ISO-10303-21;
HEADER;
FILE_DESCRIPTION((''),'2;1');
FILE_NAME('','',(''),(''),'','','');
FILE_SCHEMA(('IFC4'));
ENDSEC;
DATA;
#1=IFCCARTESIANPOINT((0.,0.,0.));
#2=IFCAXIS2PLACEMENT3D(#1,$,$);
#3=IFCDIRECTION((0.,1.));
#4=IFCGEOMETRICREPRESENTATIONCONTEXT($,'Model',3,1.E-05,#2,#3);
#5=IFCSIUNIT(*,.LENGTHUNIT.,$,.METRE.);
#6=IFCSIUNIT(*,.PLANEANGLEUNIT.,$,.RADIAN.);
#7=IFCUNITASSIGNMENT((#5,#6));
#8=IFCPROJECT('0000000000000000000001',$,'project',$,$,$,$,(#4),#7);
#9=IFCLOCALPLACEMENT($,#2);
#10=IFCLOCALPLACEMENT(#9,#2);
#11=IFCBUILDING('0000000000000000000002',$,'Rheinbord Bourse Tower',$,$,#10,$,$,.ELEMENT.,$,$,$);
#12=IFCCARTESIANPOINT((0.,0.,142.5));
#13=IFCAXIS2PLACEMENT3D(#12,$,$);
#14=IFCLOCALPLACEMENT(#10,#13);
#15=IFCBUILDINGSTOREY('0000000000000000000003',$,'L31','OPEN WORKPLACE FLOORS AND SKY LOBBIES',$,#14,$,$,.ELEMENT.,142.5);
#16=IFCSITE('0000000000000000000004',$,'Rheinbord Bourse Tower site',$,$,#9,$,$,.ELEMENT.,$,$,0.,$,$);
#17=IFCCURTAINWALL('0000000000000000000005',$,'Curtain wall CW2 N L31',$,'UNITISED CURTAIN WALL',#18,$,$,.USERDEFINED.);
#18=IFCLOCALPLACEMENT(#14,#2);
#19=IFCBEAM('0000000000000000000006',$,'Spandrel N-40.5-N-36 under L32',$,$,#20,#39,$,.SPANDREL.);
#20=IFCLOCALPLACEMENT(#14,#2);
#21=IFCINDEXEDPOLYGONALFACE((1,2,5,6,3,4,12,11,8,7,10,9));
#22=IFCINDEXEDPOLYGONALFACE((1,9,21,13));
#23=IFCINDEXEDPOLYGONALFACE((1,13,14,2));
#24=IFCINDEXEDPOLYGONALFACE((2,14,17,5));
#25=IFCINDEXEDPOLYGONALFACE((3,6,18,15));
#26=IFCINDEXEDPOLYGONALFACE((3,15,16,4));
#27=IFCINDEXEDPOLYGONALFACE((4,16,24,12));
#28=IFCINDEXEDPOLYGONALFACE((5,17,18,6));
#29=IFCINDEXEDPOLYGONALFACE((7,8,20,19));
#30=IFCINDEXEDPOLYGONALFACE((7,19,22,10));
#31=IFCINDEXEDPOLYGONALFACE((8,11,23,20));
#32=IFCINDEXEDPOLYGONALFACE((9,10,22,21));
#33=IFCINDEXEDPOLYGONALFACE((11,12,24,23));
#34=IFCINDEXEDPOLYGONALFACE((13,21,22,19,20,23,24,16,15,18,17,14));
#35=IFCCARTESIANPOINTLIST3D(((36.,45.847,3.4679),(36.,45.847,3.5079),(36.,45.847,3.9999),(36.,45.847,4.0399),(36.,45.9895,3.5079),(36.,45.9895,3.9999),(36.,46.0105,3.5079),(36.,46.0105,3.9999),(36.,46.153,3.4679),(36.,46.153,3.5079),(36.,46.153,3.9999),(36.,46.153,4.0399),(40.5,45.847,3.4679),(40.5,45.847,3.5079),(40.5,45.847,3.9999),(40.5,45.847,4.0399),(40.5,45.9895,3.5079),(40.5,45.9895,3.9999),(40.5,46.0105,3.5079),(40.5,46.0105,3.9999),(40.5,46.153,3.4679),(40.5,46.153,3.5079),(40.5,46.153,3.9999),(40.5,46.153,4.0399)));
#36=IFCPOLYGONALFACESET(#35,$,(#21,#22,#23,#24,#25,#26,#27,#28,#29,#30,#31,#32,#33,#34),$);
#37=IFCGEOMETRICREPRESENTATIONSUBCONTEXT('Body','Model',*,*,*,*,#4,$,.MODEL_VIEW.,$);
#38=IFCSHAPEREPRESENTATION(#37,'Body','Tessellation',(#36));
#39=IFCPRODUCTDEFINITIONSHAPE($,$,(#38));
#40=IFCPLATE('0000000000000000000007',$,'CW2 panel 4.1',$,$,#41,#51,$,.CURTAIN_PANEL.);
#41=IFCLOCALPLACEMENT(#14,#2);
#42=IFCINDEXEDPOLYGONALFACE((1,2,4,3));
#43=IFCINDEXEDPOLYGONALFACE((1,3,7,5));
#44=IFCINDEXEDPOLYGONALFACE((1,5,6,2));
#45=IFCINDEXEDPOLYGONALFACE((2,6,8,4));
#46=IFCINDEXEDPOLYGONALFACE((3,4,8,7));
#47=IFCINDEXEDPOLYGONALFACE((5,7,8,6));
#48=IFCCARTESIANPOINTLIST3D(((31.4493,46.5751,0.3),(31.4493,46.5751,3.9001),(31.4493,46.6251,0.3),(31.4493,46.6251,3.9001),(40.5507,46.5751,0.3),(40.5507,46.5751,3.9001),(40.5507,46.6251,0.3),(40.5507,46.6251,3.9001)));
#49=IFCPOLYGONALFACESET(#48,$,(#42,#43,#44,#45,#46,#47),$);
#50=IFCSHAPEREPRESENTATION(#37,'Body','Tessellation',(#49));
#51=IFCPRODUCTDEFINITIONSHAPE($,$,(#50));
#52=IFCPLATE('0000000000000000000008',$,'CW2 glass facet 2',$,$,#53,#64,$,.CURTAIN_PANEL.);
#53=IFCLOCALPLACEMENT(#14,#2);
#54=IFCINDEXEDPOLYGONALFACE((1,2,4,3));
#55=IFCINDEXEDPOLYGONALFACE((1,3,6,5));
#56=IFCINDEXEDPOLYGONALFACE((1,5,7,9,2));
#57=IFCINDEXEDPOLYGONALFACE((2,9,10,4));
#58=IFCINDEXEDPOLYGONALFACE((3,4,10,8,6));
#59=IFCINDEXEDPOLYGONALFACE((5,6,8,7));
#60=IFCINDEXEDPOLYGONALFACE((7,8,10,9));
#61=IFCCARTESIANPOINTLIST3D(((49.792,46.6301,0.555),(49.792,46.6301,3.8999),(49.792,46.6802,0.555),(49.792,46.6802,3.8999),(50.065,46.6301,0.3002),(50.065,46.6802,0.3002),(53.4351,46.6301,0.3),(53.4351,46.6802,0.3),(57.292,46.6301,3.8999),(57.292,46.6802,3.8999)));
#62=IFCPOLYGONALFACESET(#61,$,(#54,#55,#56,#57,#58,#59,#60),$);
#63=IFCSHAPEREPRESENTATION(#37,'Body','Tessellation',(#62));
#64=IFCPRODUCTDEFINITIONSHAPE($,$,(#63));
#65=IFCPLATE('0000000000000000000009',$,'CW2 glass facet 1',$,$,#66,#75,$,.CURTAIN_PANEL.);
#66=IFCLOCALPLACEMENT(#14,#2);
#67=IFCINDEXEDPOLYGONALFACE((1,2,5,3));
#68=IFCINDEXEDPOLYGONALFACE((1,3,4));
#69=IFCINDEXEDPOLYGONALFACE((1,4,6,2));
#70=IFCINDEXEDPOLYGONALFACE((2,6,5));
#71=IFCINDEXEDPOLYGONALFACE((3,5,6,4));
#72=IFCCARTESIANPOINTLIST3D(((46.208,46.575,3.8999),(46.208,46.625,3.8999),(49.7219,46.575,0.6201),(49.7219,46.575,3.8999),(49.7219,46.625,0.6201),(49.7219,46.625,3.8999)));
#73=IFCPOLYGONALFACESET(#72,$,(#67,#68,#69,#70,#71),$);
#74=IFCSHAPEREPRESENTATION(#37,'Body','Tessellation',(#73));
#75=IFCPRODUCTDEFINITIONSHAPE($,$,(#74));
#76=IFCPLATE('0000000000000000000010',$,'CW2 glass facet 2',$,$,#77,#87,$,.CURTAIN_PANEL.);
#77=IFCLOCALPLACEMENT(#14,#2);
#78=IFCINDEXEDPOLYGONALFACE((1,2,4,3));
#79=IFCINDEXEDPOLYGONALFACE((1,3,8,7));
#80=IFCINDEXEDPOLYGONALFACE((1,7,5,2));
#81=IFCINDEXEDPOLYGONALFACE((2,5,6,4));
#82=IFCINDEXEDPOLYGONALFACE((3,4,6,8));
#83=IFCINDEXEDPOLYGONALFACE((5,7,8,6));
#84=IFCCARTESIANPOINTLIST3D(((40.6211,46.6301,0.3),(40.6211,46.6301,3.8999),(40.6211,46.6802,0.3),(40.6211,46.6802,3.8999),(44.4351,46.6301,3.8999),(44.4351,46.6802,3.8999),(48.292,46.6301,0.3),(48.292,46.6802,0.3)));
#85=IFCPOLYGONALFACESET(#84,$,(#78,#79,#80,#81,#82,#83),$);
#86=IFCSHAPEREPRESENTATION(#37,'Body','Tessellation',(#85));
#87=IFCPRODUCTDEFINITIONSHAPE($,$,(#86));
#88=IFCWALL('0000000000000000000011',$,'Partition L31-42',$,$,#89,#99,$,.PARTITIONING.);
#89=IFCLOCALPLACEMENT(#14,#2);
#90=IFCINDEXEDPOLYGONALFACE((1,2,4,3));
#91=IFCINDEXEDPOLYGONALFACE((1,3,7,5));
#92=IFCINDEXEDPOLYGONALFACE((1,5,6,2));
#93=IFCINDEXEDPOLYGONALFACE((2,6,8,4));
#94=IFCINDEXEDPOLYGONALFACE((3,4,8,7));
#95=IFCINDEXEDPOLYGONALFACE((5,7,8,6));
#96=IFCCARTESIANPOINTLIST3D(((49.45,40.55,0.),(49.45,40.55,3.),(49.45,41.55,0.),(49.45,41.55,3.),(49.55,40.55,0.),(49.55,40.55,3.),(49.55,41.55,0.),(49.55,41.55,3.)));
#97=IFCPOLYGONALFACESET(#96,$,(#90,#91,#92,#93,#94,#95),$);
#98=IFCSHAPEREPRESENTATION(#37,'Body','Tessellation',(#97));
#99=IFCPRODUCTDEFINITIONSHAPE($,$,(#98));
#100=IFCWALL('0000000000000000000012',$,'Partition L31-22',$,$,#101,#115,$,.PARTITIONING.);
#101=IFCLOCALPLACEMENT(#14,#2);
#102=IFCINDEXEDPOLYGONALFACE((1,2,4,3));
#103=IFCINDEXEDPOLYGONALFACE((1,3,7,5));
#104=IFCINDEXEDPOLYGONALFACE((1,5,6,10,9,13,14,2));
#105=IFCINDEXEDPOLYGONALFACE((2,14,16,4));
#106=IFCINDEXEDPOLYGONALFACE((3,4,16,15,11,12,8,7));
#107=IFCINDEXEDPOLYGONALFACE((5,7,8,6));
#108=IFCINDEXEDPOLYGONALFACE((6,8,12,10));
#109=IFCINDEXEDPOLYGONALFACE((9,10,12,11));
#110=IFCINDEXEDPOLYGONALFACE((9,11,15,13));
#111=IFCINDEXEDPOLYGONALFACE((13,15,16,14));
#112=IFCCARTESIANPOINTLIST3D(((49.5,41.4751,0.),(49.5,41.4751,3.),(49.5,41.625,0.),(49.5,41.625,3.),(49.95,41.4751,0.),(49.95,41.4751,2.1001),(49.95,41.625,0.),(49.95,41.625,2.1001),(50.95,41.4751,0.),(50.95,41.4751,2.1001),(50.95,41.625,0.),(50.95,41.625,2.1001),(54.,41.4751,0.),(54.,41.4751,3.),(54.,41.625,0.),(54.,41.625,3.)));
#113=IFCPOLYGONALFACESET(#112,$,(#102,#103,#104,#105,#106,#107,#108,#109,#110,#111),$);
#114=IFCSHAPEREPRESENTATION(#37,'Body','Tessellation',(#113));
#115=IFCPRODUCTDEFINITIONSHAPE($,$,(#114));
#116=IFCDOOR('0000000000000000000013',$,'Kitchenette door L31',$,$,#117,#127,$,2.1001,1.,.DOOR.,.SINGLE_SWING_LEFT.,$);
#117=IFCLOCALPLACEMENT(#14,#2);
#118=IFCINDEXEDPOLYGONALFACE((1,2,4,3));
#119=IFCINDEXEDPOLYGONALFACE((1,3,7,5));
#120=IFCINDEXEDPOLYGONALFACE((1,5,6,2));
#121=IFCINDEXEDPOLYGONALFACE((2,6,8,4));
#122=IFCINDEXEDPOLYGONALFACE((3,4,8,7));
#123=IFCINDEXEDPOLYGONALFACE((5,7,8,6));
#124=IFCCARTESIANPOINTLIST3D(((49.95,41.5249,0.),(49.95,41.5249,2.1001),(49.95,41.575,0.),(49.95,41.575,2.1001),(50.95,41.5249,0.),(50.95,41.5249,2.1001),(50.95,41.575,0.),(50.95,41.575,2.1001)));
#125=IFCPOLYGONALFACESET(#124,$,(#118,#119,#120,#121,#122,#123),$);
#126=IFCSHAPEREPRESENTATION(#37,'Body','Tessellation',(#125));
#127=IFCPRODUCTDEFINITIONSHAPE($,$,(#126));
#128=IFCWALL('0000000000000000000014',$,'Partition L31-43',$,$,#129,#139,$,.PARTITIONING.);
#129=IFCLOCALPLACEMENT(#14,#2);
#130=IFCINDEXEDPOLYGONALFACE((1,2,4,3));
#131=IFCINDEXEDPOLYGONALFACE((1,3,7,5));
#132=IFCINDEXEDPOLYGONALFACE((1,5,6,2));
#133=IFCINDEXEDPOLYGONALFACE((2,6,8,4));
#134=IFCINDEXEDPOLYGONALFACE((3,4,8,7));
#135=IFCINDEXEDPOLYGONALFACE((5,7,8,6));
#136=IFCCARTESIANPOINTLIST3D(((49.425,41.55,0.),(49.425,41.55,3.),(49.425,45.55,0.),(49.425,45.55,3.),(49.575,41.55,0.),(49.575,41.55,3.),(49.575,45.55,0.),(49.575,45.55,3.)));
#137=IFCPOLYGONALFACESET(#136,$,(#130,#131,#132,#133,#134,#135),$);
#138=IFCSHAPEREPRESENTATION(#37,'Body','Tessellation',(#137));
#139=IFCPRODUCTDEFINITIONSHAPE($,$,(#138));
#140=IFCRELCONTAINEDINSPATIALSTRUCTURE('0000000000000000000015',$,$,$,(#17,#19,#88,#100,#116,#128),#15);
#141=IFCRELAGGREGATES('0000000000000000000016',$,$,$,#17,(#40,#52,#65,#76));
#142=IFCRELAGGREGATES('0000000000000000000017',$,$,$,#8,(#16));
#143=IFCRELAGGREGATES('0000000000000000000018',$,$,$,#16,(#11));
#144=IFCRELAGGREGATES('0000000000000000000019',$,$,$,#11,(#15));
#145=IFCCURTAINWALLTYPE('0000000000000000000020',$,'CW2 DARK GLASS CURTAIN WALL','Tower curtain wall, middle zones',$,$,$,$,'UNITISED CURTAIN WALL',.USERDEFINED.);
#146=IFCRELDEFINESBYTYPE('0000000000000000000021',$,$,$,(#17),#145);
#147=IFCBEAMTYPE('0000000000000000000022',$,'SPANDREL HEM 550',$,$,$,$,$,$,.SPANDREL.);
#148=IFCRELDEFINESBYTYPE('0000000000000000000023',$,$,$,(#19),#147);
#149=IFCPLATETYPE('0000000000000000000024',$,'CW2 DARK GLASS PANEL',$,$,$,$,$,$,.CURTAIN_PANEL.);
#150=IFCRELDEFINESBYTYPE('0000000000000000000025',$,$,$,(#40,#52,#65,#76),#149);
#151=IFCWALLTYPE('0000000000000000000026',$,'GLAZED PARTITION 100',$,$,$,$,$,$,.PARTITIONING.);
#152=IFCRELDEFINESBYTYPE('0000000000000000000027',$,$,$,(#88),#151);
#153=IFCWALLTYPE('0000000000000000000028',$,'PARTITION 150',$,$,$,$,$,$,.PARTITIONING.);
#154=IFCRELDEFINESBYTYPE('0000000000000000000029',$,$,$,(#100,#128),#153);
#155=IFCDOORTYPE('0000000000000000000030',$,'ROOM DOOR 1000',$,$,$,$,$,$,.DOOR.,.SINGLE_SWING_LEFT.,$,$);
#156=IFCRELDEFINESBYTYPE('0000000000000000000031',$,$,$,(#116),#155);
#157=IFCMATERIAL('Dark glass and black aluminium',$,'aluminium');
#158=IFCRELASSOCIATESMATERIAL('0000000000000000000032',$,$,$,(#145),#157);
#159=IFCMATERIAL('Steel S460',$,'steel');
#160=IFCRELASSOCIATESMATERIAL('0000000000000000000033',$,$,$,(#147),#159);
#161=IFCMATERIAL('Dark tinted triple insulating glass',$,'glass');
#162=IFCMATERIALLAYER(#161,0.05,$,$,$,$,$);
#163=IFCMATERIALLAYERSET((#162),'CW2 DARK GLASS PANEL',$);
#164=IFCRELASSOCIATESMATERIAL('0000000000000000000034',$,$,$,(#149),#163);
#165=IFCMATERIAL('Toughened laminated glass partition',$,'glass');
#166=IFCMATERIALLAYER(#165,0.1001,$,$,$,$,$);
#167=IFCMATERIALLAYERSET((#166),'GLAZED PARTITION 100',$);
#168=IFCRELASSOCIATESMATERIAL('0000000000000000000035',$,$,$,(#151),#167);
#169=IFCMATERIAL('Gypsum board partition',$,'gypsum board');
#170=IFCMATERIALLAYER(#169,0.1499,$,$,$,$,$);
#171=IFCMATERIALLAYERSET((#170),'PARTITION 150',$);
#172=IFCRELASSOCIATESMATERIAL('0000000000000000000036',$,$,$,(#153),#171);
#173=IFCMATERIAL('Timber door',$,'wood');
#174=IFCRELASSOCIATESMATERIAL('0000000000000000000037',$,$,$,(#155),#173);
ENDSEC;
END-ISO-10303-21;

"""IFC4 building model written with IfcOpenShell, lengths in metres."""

from ifc_helpers import new_model, si_unit, direction, frame, frame_2d, origin, origin_2d, place, context, subcontext, project, spatial, polyline, rectangle, i_section, outline, extrude, material, layer, layer_set, material_profile, profile_set, type_object, element, fill, aggregate, save


model = new_model("IFC4")

# Units and contexts
model_context = context("Model", 3, precision=1e-05, world=origin(), true_north=direction((0.0, 1.0)))
body_context = subcontext(model_context, "Body", "Model", "MODEL_VIEW")
ifc_project = project(units=[si_unit("LENGTHUNIT", "METRE"), si_unit("PLANEANGLEUNIT", "RADIAN")], contexts=[model_context])

# Site, building, storey
site_placement = place(None, origin())
site = spatial("IfcSite", under=ifc_project, at=site_placement, Name="Rheinbord Bourse Tower site", CompositionType="ELEMENT", RefElevation=0.0)
building_placement = place(site_placement, origin())
building = spatial("IfcBuilding", under=site, at=building_placement, Name="Rheinbord Bourse Tower", CompositionType="ELEMENT")
storey_placement = place(building_placement, frame((0.0, 0.0, 142.5)))
storey = spatial("IfcBuildingStorey", under=building, at=storey_placement, Name="L31", Description="OPEN WORKPLACE FLOORS AND SKY LOBBIES", CompositionType="ELEMENT", Elevation=142.5)

# Curtain wall
ifc_material_1 = material(Name="Dark glass and black aluminium", Category="aluminium")
curtain_wall_type = type_object("IfcCurtainWallType", Name="CW2 DARK GLASS CURTAIN WALL", Description="Tower curtain wall, middle zones", ElementType="UNITISED CURTAIN WALL", PredefinedType="USERDEFINED", material=ifc_material_1)
curtain_wall_placement = place(storey_placement, origin())
curtain_wall = element("IfcCurtainWall", 1, at=curtain_wall_placement, inside=storey, type_object=curtain_wall_type, Name="Curtain wall CW2 N L31", ObjectType="UNITISED CURTAIN WALL", PredefinedType="USERDEFINED")

# Beam
ifc_material_2 = material(Name="Steel S460", Category="steel")
ifc_material_profile_1 = material_profile(ifc_material_2, i_section(OverallWidth=0.3059, OverallDepth=0.572, WebThickness=0.021, FlangeThickness=0.04, at=origin_2d()), Name="HEM 550")
ifc_profile_set_1 = profile_set([ifc_material_profile_1], Name="Steel S460")
beam_type_1 = type_object("IfcBeamType", Name="SPANDREL HEM 550", PredefinedType="SPANDREL", material=ifc_profile_set_1)
for number, where, z_axis, x_axis, name in (
    (2, (40.5, 46.0, 3.7539), (-1.0, 0.0, 0.0), (0.0, -1.0, 0.0), "Spandrel N-40.5-N-36 under L32"),
):
    element("IfcBeam", number, at=place(storey_placement, frame(where, z_axis=z_axis, x_axis=x_axis)), inside=storey, type_object=beam_type_1, Name=name, PredefinedType="SPANDREL", context=body_context, shape_type="SweptSolid", body=[
        extrude(i_section(OverallWidth=0.3059, OverallDepth=0.572, WebThickness=0.021, FlangeThickness=0.04, at=origin_2d()), origin(), (0.0, 0.0, 1.0), 4.5),
    ])

# Plates
ifc_material_3 = material(Name="Dark tinted triple insulating glass", Category="glass")
ifc_layer_1 = layer(ifc_material_3, 0.05)
ifc_layer_set_1 = layer_set([ifc_layer_1], Name="CW2 DARK GLASS PANEL")
plate_type = type_object("IfcPlateType", Name="CW2 DARK GLASS PANEL", PredefinedType="CURTAIN_PANEL", material=ifc_layer_set_1)
plate_1_placement = place(storey_placement, frame((36.0, 46.6001, 0.3), z_axis=(0.0, 0.0, 1.0), x_axis=(-1.0, 0.0, 0.0)))
plate_1 = element("IfcPlate", 3, at=plate_1_placement, type_object=plate_type, Name="CW2 panel 4.1", PredefinedType="CURTAIN_PANEL", context=body_context, shape_type="SweptSolid", body=[
    extrude(rectangle(XDim=9.1013, YDim=0.05, at=origin_2d()), origin(), (0.0, 0.0, 1.0), 3.6001),
])
plate_2_placement = place(storey_placement, frame((53.4351, 46.6802, 0.3), z_axis=(0.0, -1.0, 0.0), x_axis=(0.731051, 0.0, 0.682323)))
plate_2 = element("IfcPlate", 4, at=plate_2_placement, type_object=plate_type, Name="CW2 glass facet 2", PredefinedType="CURTAIN_PANEL", context=body_context, shape_type="SweptSolid", body=[
    extrude(outline(polyline([(0.0, 0.0), (5.2759, 0.0), (-0.207, 5.1174), (-2.4893, 2.6721), (-2.4636, 2.2996), (0.0, 0.0)])), origin(), (0.0, 0.0, 1.0), 0.05),
])
plate_3_placement = place(storey_placement, frame((49.7219, 46.625, 3.8999), z_axis=(0.0, -1.0, 0.0), x_axis=(-1.0, 0.0, 0.0)))
plate_3 = element("IfcPlate", 5, at=plate_3_placement, type_object=plate_type, Name="CW2 glass facet 1", PredefinedType="CURTAIN_PANEL", context=body_context, shape_type="SweptSolid", body=[
    extrude(outline(polyline([(0.0, 0.0), (3.5139, 0.0), (0.0, 3.2798), (0.0, 0.0)])), origin(), (0.0, 0.0, 1.0), 0.05),
])
plate_4_placement = place(storey_placement, frame((40.6211, 46.6802, 3.8999), z_axis=(0.0, -1.0, 0.0), x_axis=(0.0, 0.0, -1.0)))
plate_4 = element("IfcPlate", 6, at=plate_4_placement, type_object=plate_type, Name="CW2 glass facet 2", PredefinedType="CURTAIN_PANEL", context=body_context, shape_type="SweptSolid", body=[
    extrude(outline(polyline([(0.0, 0.0), (3.5999, 0.0), (3.5999, 7.6709), (0.0, 3.814), (0.0, 0.0)])), origin(), (0.0, 0.0, 1.0), 0.05),
])
aggregate(curtain_wall, [plate_1, plate_2, plate_3, plate_4])

# Wall
ifc_material_4 = material(Name="Toughened laminated glass partition", Category="glass")
ifc_layer_2 = layer(ifc_material_4, 0.1001)
ifc_layer_set_2 = layer_set([ifc_layer_2], Name="GLAZED PARTITION 100")
wall_type_1 = type_object("IfcWallType", Name="GLAZED PARTITION 100", PredefinedType="PARTITIONING", material=ifc_layer_set_2)
wall_1_placement = place(storey_placement, frame((49.5, 40.55, 0.0), z_axis=(0.0, 0.0, 1.0), x_axis=(0.0, 1.0, 0.0)))
element("IfcWall", 7, at=wall_1_placement, inside=storey, type_object=wall_type_1, Name="Partition L31-42", PredefinedType="PARTITIONING", context=body_context, shape_type="SweptSolid", body=[
    extrude(rectangle(XDim=1.0, YDim=0.1001, at=frame_2d((0.5, 0.0))), origin(), (0.0, 0.0, 1.0), 3.0),
])

# Wall, opening, door
ifc_material_5 = material(Name="Gypsum board partition", Category="gypsum board")
ifc_layer_3 = layer(ifc_material_5, 0.1499)
ifc_layer_set_3 = layer_set([ifc_layer_3], Name="PARTITION 150")
wall_type_2 = type_object("IfcWallType", Name="PARTITION 150", PredefinedType="PARTITIONING", material=ifc_layer_set_3)
wall_2_placement = place(storey_placement, frame((49.5, 41.55, 0.0), z_axis=(0.0, 0.0, 1.0), x_axis=(1.0, 0.0, 0.0)))
wall_2 = element("IfcWall", 8, at=wall_2_placement, inside=storey, type_object=wall_type_2, Name="Partition L31-22", PredefinedType="PARTITIONING", context=body_context, shape_type="SweptSolid", body=[
    extrude(rectangle(XDim=4.5, YDim=0.1499, at=frame_2d((2.25, 0.0))), origin(), (0.0, 0.0, 1.0), 3.0),
])
opening_placement = place(wall_2_placement, frame((0.45, 0.0, 0.0)))
opening = element("IfcOpeningElement", 9, at=opening_placement, cuts=wall_2, PredefinedType="OPENING", context=body_context, shape_type="SweptSolid", body=[
    extrude(rectangle(XDim=1.0, YDim=2.1001, at=frame_2d((0.5, 1.05))), frame((0.0, 0.085, 0.0), z_axis=(0.0, -1.0, 0.0), x_axis=(1.0, 0.0, 0.0)), (0.0, 0.0, 1.0), 0.1699),
])
ifc_material_6 = material(Name="Timber door", Category="wood")
door_type = type_object("IfcDoorType", Name="ROOM DOOR 1000", OperationType="SINGLE_SWING_LEFT", PredefinedType="DOOR", material=ifc_material_6)
door_placement = place(opening_placement, origin())
door = element("IfcDoor", 10, at=door_placement, inside=storey, type_object=door_type, Name="Kitchenette door L31", OperationType="SINGLE_SWING_LEFT", OverallHeight=2.1001, OverallWidth=1.0, PredefinedType="DOOR", context=body_context, shape_type="SweptSolid", body=[
    extrude(rectangle(XDim=1.0, YDim=2.1001, at=frame_2d((0.5, 1.05))), frame((0.0, 0.0249, 0.0), z_axis=(0.0, -1.0, 0.0), x_axis=(1.0, 0.0, 0.0)), (0.0, 0.0, 1.0), 0.05),
])
fill(opening, door)

# Wall
wall_3_placement = place(storey_placement, frame((49.5, 41.55, 0.0), z_axis=(0.0, 0.0, 1.0), x_axis=(0.0, 1.0, 0.0)))
element("IfcWall", 11, at=wall_3_placement, inside=storey, type_object=wall_type_2, Name="Partition L31-43", PredefinedType="PARTITIONING", context=body_context, shape_type="SweptSolid", body=[
    extrude(rectangle(XDim=4.0, YDim=0.1499, at=frame_2d((2.0, 0.0))), origin(), (0.0, 0.0, 1.0), 3.0),
])

save(model, "model.ifc")
